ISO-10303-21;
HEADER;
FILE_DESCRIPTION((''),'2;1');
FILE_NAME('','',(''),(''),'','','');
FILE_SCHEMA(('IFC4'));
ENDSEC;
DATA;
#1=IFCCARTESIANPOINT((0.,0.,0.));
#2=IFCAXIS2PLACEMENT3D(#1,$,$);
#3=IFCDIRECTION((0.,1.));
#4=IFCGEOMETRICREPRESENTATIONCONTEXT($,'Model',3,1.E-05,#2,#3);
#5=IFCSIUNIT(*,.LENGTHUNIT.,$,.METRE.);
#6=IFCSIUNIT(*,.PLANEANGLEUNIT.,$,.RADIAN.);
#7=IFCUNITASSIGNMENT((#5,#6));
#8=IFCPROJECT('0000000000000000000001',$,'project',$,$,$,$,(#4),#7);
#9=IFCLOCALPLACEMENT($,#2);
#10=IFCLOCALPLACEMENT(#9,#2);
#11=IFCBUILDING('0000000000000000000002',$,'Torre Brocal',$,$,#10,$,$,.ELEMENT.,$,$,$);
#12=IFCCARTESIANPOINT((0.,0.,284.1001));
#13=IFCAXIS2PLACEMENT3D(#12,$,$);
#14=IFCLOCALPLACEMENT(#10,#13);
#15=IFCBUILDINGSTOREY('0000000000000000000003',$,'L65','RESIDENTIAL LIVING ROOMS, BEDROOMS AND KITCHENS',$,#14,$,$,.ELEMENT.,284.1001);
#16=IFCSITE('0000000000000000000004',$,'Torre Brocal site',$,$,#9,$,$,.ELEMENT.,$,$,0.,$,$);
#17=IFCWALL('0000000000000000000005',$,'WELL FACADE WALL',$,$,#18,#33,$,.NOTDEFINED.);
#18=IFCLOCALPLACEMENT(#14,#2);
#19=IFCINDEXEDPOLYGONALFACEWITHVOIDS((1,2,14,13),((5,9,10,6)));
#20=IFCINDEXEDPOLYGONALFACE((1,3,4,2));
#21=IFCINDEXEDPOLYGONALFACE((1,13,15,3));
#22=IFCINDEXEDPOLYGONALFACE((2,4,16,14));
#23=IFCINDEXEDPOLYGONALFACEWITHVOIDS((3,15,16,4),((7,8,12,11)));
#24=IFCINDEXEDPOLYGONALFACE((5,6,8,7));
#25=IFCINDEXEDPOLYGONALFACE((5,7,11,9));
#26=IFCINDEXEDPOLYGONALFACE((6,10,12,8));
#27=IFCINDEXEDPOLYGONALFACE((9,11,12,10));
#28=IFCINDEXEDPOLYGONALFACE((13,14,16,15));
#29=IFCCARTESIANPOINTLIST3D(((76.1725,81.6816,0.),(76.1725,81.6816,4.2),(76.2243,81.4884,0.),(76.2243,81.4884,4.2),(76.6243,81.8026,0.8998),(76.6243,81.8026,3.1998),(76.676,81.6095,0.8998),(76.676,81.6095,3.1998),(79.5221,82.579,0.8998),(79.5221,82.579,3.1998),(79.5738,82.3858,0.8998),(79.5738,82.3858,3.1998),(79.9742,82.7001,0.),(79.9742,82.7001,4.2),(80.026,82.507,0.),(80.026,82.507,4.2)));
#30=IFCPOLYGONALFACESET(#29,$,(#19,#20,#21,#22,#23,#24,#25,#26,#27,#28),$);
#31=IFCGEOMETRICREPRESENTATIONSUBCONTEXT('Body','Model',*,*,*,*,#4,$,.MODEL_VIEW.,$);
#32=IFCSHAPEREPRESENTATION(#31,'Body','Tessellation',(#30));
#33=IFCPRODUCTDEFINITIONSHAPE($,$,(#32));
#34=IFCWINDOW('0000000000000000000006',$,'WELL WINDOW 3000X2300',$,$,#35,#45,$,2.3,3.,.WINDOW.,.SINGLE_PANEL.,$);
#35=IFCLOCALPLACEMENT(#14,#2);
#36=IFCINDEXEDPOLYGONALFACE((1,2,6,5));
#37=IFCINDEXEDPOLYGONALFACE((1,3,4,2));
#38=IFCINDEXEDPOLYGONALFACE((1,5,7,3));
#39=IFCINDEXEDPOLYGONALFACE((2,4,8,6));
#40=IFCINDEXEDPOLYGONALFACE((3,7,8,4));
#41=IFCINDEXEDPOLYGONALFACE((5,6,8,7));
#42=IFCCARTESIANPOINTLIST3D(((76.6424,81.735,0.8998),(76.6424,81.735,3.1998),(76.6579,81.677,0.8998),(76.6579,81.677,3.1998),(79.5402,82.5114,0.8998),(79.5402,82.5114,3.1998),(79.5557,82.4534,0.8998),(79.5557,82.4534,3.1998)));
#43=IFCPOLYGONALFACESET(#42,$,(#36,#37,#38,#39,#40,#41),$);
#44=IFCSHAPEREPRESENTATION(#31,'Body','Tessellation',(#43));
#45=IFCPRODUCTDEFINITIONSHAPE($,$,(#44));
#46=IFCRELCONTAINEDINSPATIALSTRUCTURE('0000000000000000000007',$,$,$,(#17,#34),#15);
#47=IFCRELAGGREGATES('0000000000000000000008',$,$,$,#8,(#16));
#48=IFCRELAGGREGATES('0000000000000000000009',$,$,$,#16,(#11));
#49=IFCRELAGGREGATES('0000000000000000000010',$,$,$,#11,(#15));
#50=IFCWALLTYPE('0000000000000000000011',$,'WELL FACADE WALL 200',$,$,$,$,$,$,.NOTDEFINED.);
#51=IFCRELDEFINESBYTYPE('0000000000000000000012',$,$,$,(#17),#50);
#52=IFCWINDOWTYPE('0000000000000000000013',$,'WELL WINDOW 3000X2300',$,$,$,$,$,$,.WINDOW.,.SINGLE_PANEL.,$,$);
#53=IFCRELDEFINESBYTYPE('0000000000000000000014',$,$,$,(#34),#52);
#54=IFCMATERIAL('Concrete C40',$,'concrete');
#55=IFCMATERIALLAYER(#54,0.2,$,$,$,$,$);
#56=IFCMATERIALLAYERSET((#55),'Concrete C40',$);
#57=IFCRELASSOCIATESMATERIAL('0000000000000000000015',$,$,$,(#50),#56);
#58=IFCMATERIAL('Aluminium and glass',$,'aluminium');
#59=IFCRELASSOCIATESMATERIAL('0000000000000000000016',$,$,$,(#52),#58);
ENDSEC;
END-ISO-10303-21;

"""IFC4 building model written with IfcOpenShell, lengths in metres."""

from ifc_helpers import new_model, si_unit, direction, frame, frame_2d, origin, place, context, subcontext, project, spatial, rectangle, extrude, material, layer, layer_set, type_object, element, fill, save


model = new_model("IFC4")

# Units and contexts
model_context = context("Model", 3, precision=1e-05, world=origin(), true_north=direction((0.0, 1.0)))
body_context = subcontext(model_context, "Body", "Model", "MODEL_VIEW")
ifc_project = project(units=[si_unit("LENGTHUNIT", "METRE"), si_unit("PLANEANGLEUNIT", "RADIAN")], contexts=[model_context])

# Site, building, storey
site_placement = place(None, origin())
site = spatial("IfcSite", under=ifc_project, at=site_placement, Name="Torre Brocal site", CompositionType="ELEMENT", RefElevation=0.0)
building_placement = place(site_placement, origin())
building = spatial("IfcBuilding", under=site, at=building_placement, Name="Torre Brocal", CompositionType="ELEMENT")
storey_placement = place(building_placement, frame((0.0, 0.0, 284.1001)))
storey = spatial("IfcBuildingStorey", under=building, at=storey_placement, Name="L65", Description="RESIDENTIAL LIVING ROOMS, BEDROOMS AND KITCHENS", CompositionType="ELEMENT", Elevation=284.1001)

# Wall, opening, window
ifc_material_1 = material(Name="Concrete C40", Category="concrete")
ifc_layer_1 = layer(ifc_material_1, 0.2)
ifc_layer_set_1 = layer_set([ifc_layer_1], Name="Concrete C40")
wall_type_1 = type_object("IfcWallType", Name="WELL FACADE WALL 200", PredefinedType="NOTDEFINED", material=ifc_layer_set_1)
wall_1_placement = place(storey_placement, frame((80.0, 82.6035, 0.0), z_axis=(0.0, 0.0, 1.0), x_axis=(-0.965934, -0.25879, 0.0)))
wall_1 = element("IfcWall", 1, at=wall_1_placement, inside=storey, type_object=wall_type_1, Name="WELL FACADE WALL", PredefinedType="NOTDEFINED", context=body_context, shape_type="SweptSolid", body=[
    extrude(rectangle(XDim=3.9358, YDim=0.2, at=frame_2d((1.9678, 0.0))), origin(), (0.0, 0.0, 1.0), 4.2),
])
opening_1_placement = place(wall_1_placement, frame((0.468, 0.0, 0.8999)))
opening_1 = element("IfcOpeningElement", 2, at=opening_1_placement, cuts=wall_1, PredefinedType="OPENING", context=body_context, shape_type="SweptSolid", body=[
    extrude(rectangle(XDim=3.0, YDim=2.3, at=frame_2d((1.5, 1.1499))), frame((0.0, 0.1099, 0.0), z_axis=(0.0, -1.0, 0.0), x_axis=(1.0, 0.0, 0.0)), (0.0, 0.0, 1.0), 0.22),
])
ifc_material_2 = material(Name="Aluminium and glass", Category="aluminium")
window_type = type_object("IfcWindowType", Name="WELL WINDOW 3000X2300", PartitioningType="SINGLE_PANEL", PredefinedType="WINDOW", material=ifc_material_2)
window_placement = place(opening_1_placement, origin())
window = element("IfcWindow", 3, at=window_placement, inside=storey, type_object=window_type, Name="WELL WINDOW 3000X2300", OverallHeight=2.3, OverallWidth=3.0, PartitioningType="SINGLE_PANEL", PredefinedType="WINDOW", context=body_context, shape_type="SweptSolid", body=[
    extrude(rectangle(XDim=3.0, YDim=2.3, at=frame_2d((1.5, 1.1499))), frame((0.0, 0.03, 0.0), z_axis=(0.0, -1.0, 0.0), x_axis=(1.0, 0.0, 0.0)), (0.0, 0.0, 1.0), 0.0601),
])
fill(opening_1, window)

save(model, "model.ifc")
